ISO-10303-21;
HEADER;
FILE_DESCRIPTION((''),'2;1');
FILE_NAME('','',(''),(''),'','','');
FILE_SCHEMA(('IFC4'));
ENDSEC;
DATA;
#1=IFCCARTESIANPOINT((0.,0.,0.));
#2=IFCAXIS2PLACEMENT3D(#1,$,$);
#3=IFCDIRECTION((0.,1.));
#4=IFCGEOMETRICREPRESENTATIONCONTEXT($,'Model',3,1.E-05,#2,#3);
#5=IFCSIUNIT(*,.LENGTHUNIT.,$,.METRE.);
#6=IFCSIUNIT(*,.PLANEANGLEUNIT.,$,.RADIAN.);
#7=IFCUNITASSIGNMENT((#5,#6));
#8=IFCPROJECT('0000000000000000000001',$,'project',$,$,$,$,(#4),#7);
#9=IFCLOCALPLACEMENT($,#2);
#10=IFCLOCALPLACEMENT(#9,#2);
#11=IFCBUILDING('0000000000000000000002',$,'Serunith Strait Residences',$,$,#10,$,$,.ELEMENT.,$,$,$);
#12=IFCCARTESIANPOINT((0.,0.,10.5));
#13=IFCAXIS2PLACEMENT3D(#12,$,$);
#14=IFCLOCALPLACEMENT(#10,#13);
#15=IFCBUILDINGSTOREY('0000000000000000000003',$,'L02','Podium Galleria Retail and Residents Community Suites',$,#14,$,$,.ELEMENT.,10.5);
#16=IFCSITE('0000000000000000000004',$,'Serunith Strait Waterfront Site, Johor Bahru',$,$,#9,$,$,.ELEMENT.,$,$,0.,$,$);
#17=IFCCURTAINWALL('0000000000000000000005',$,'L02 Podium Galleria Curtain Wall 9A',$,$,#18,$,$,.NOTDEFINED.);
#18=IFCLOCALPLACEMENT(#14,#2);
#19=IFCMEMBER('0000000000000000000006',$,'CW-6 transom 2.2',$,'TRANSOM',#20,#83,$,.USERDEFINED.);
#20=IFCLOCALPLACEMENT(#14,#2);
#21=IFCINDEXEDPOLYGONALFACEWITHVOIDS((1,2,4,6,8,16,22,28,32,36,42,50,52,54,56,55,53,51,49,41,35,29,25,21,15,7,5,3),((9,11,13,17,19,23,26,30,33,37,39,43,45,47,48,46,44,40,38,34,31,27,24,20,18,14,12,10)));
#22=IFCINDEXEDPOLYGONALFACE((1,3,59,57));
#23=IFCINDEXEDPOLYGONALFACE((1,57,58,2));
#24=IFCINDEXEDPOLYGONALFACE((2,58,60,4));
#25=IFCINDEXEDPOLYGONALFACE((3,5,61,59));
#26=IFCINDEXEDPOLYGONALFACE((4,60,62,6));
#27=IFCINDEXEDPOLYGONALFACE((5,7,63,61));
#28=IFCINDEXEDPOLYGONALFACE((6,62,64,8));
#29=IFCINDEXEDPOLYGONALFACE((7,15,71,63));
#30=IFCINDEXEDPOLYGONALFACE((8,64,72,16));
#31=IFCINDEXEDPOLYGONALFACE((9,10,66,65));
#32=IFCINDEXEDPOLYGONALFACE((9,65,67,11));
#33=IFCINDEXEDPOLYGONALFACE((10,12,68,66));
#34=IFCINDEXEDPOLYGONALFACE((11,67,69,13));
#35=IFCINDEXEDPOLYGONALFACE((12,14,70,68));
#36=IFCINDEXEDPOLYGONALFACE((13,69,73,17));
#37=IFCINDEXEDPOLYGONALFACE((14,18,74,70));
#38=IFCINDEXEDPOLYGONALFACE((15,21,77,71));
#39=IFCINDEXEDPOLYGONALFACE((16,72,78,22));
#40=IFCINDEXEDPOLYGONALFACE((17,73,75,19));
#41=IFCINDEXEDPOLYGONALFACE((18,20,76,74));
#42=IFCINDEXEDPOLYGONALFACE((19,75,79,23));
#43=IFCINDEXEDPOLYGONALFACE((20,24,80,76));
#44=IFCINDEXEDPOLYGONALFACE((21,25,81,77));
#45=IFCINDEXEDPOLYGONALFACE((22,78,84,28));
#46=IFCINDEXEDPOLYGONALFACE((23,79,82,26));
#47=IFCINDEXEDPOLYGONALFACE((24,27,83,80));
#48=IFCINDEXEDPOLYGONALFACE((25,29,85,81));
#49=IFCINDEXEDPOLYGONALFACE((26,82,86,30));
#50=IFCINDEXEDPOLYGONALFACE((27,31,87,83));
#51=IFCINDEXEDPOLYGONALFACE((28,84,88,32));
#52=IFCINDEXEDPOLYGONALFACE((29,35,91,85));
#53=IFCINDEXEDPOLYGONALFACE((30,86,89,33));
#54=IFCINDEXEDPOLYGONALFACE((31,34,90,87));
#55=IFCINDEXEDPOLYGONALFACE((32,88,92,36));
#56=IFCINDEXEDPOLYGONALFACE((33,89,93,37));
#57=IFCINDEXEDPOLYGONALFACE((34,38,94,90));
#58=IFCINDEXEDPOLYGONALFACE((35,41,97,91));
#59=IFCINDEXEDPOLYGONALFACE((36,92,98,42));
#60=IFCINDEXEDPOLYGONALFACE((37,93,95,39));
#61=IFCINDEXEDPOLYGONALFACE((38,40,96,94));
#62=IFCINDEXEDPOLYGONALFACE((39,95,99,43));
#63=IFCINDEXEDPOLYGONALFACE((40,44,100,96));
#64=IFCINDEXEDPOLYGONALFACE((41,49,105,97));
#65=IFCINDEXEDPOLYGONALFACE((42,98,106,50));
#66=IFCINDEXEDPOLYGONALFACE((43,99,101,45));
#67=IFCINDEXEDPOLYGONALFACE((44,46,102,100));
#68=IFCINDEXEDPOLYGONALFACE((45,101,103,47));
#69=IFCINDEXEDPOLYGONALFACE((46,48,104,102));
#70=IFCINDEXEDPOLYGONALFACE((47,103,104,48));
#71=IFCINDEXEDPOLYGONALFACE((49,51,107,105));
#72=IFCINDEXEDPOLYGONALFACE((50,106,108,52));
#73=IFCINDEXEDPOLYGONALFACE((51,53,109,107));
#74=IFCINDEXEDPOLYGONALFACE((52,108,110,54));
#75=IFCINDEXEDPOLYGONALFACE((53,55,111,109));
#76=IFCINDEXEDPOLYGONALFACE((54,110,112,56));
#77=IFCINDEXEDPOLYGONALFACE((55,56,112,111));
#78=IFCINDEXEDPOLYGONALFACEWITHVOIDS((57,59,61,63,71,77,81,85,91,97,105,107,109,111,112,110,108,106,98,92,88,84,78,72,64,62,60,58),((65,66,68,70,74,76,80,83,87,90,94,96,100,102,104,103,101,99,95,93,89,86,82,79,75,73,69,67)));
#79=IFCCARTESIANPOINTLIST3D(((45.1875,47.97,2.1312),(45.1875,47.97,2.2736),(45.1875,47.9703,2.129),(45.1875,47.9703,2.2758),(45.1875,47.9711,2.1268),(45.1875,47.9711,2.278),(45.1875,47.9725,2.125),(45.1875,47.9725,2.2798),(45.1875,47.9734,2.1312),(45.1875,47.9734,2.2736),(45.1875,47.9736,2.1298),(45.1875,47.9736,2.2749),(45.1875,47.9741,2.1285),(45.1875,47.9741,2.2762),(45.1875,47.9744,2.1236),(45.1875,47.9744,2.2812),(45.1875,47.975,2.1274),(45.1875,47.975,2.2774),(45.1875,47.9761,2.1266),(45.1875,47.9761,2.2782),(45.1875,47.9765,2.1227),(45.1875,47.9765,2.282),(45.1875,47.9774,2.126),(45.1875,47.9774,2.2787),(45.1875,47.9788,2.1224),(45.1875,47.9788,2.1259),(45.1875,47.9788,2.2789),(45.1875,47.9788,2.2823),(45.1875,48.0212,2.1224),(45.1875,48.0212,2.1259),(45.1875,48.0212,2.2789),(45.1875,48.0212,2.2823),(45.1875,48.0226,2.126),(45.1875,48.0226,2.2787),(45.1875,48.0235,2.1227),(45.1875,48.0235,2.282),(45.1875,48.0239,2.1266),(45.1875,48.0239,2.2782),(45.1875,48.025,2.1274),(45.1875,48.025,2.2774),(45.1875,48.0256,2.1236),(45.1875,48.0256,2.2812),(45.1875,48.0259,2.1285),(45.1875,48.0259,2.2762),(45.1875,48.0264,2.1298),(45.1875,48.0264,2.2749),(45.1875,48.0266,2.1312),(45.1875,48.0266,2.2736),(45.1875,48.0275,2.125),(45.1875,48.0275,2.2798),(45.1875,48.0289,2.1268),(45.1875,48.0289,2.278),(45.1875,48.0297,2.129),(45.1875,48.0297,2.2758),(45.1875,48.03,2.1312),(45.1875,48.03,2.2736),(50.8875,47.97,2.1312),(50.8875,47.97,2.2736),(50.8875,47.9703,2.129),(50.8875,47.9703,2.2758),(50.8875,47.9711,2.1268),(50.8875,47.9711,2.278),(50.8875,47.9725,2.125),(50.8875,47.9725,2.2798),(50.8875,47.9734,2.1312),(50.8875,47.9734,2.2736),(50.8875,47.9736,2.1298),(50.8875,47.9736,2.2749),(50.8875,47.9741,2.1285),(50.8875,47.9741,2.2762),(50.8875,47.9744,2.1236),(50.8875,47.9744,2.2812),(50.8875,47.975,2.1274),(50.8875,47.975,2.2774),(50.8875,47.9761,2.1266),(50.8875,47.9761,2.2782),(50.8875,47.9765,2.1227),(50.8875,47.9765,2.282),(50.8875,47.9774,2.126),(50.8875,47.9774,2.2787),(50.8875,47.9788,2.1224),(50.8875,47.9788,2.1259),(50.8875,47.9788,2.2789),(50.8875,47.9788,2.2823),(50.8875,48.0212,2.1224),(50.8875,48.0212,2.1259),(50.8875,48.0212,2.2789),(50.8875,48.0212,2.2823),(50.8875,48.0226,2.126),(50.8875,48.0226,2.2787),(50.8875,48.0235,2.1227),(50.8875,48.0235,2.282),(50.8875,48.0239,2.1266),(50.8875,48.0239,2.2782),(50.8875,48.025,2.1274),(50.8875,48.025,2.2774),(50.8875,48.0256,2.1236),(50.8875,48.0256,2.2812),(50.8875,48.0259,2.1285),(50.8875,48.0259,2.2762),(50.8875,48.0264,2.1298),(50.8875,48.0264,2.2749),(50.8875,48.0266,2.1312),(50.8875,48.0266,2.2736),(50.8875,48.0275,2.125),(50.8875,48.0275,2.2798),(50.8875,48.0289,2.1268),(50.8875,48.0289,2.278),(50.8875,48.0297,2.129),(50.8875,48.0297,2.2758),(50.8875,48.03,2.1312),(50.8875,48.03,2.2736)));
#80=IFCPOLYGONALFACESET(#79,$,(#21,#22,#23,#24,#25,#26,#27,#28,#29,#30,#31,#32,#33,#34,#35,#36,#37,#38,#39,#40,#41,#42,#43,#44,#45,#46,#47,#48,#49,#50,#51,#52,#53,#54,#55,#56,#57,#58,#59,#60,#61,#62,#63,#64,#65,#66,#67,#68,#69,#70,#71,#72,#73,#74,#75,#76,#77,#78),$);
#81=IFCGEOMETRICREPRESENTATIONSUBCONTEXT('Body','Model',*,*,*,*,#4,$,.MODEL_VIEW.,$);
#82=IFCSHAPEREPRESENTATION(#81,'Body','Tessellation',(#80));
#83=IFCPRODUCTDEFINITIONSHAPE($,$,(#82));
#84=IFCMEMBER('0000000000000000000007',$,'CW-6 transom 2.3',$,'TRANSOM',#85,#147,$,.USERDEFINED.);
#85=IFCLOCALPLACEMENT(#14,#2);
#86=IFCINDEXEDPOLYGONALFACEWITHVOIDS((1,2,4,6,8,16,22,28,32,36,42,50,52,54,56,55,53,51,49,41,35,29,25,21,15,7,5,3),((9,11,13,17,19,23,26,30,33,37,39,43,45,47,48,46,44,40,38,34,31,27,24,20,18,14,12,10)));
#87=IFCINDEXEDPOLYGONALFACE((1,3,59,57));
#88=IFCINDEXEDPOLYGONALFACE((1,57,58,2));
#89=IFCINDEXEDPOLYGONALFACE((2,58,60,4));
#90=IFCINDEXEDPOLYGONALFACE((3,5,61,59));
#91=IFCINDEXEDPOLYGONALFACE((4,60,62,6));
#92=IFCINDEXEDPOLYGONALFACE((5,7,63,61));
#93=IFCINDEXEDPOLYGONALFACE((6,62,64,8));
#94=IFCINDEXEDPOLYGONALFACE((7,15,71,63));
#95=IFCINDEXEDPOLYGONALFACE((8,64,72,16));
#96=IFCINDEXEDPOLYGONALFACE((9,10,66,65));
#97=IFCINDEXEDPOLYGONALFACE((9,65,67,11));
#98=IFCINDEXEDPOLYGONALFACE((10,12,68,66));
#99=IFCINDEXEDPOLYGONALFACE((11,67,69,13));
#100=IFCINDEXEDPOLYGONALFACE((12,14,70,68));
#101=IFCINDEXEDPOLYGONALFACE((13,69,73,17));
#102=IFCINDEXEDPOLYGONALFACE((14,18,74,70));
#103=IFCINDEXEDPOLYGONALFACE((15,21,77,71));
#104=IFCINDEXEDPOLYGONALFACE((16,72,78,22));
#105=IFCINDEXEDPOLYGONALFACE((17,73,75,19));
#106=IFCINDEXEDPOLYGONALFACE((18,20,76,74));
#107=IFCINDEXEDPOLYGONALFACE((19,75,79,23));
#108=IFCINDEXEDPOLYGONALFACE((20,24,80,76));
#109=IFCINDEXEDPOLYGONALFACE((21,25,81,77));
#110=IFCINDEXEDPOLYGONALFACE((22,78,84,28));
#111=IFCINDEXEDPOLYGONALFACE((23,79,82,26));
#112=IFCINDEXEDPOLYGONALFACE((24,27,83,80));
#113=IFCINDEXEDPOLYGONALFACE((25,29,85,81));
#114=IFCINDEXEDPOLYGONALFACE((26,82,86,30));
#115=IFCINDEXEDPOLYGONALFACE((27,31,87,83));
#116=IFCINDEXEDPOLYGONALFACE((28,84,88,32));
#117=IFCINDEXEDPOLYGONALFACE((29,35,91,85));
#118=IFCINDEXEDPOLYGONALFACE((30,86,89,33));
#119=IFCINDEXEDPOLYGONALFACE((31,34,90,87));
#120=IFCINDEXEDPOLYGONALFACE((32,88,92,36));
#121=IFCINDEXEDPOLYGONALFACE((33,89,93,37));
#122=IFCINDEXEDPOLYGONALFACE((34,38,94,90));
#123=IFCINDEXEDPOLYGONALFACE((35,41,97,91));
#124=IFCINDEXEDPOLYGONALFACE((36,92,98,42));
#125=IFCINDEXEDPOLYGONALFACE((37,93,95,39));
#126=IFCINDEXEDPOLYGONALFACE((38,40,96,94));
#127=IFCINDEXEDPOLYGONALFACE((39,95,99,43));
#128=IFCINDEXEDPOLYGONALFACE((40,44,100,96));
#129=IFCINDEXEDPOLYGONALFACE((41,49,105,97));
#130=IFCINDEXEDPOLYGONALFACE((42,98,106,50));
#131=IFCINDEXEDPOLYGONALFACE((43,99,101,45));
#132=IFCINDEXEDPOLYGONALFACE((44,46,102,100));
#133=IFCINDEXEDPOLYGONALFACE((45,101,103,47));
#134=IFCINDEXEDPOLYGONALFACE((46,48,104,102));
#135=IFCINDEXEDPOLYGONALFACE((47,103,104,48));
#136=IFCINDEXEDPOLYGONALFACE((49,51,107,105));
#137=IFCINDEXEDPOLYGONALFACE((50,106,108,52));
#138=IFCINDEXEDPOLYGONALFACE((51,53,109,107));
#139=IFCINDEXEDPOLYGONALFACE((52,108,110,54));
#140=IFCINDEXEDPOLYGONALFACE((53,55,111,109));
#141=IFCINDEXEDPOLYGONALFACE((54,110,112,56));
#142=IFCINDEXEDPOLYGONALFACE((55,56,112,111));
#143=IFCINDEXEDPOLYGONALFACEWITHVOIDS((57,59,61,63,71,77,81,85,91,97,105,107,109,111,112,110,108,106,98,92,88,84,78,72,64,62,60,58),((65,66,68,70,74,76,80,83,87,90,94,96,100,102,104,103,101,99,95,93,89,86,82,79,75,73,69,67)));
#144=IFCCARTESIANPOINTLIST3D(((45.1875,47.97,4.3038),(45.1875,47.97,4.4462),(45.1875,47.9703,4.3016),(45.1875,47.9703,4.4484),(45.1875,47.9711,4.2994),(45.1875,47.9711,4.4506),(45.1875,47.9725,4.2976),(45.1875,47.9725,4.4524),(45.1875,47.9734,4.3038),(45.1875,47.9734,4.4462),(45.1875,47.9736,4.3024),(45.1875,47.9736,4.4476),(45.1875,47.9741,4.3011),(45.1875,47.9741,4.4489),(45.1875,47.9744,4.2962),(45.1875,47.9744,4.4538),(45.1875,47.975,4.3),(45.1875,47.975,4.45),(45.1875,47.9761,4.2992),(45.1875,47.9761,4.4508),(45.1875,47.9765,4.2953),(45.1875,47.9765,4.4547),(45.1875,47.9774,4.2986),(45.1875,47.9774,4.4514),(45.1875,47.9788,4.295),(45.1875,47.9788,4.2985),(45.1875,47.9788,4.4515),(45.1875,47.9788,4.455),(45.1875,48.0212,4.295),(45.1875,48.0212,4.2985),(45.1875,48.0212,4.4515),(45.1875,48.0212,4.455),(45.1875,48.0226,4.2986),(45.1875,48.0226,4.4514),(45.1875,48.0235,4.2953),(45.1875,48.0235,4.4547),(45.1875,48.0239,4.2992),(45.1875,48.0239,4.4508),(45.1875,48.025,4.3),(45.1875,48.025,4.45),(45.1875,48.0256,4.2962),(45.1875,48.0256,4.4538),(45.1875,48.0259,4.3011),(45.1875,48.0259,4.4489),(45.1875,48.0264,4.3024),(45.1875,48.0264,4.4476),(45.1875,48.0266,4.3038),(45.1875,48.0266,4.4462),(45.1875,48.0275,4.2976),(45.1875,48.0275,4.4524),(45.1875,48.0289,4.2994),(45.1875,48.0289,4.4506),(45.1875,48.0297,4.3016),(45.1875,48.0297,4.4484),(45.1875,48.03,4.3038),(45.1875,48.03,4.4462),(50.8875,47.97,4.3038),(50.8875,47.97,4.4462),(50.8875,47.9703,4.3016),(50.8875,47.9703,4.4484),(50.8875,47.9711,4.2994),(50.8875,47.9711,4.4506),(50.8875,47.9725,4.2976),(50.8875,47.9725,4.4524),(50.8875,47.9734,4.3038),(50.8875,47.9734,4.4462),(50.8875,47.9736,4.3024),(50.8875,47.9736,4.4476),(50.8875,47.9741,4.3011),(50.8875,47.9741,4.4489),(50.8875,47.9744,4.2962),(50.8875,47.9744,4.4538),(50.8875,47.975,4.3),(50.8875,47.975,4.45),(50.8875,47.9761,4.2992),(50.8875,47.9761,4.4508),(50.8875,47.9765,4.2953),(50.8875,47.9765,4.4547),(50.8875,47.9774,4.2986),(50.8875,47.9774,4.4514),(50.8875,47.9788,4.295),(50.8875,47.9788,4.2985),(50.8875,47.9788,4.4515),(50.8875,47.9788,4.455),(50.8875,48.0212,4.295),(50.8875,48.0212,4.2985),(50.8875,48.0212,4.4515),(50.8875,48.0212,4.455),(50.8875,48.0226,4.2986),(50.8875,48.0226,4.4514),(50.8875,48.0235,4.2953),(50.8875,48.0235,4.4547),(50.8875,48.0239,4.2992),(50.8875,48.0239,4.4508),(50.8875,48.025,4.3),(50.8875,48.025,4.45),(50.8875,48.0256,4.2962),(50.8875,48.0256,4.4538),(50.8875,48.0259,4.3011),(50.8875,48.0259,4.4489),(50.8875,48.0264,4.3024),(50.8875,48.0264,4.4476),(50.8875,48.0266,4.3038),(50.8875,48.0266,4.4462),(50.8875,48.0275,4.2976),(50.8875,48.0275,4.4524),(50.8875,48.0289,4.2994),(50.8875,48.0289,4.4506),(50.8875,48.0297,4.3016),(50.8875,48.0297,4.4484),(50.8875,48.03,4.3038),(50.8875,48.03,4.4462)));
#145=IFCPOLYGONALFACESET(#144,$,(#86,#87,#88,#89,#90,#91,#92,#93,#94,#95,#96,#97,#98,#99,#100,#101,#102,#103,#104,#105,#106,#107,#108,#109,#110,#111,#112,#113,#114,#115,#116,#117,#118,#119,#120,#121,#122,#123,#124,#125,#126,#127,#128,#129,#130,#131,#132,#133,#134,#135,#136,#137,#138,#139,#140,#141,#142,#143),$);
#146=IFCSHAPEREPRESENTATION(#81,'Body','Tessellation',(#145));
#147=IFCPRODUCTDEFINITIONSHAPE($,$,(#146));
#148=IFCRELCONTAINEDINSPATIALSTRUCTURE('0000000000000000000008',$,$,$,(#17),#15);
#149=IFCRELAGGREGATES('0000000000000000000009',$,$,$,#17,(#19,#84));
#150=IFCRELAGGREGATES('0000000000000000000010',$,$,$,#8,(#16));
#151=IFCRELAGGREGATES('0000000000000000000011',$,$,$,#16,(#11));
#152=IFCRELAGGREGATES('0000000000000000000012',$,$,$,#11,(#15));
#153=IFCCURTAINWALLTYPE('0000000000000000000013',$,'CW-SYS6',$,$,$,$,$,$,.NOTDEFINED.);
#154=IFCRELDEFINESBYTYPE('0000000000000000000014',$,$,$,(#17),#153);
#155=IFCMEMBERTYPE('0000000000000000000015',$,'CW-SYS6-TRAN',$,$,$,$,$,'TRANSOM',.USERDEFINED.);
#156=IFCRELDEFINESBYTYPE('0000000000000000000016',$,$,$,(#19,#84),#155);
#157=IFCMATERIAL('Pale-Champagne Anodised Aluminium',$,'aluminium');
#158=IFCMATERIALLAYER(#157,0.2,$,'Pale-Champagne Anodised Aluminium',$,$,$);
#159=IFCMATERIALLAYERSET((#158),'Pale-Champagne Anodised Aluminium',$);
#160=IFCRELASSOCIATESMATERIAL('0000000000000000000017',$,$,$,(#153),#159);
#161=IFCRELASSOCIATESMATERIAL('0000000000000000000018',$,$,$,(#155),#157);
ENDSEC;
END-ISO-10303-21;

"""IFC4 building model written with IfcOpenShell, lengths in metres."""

from ifc_helpers import new_model, si_unit, direction, frame, origin, origin_2d, place, context, subcontext, project, spatial, hollow_rectangle, extrude, source, transform, mapped, material, layer, layer_set, material_profile, profile_set, type_object, element, aggregate, save


model = new_model("IFC4")

# Units and contexts
model_context = context("Model", 3, precision=1e-05, world=origin(), true_north=direction((0.0, 1.0)))
body_context = subcontext(model_context, "Body", "Model", "MODEL_VIEW")
ifc_project = project(units=[si_unit("LENGTHUNIT", "METRE"), si_unit("PLANEANGLEUNIT", "RADIAN")], contexts=[model_context])

# Site, building, storey
site_placement = place(None, origin())
site = spatial("IfcSite", under=ifc_project, at=site_placement, Name="Serunith Strait Waterfront Site, Johor Bahru", CompositionType="ELEMENT", RefElevation=0.0)
building_placement = place(site_placement, origin())
building = spatial("IfcBuilding", under=site, at=building_placement, Name="Serunith Strait Residences", CompositionType="ELEMENT")
storey_placement = place(building_placement, frame((0.0, 0.0, 10.5)))
storey = spatial("IfcBuildingStorey", under=building, at=storey_placement, Name="L02", Description="Podium Galleria Retail and Residents Community Suites", CompositionType="ELEMENT", Elevation=10.5)

# Curtain wall, members
ifc_material_1 = material(Name="Pale-Champagne Anodised Aluminium", Category="aluminium")
ifc_layer_1 = layer(ifc_material_1, 0.2, Name="Pale-Champagne Anodised Aluminium")
ifc_layer_set_1 = layer_set([ifc_layer_1], Name="Pale-Champagne Anodised Aluminium")
curtain_wall_type = type_object("IfcCurtainWallType", Name="CW-SYS6", PredefinedType="NOTDEFINED", material=ifc_layer_set_1)
curtain_wall_placement = place(storey_placement, origin())
curtain_wall = element("IfcCurtainWall", 1, at=curtain_wall_placement, inside=storey, type_object=curtain_wall_type, Name="L02 Podium Galleria Curtain Wall 9A", PredefinedType="NOTDEFINED")
ifc_material_profile_1 = material_profile(ifc_material_1, hollow_rectangle(XDim=0.0601, YDim=0.1599, WallThickness=0.0034, InnerFilletRadius=0.0054, OuterFilletRadius=0.0088, at=origin_2d()), Name="ALU 160x60x3.5")
ifc_profile_set_1 = profile_set([ifc_material_profile_1], Name="Pale-Champagne Anodised Aluminium")
member_type_1 = type_object("IfcMemberType", Name="CW-SYS6-TRAN", ElementType="TRANSOM", PredefinedType="USERDEFINED", material=ifc_profile_set_1)
shared_shape_1 = source(origin(), body_context, "Body", "SweptSolid", [
    extrude(hollow_rectangle(XDim=0.0601, YDim=0.1599, WallThickness=0.0034, InnerFilletRadius=0.0054, OuterFilletRadius=0.0088, at=origin_2d()), origin(), (0.0, 0.0, 1.0), 5.7),
])
member_1_placement = place(storey_placement, frame((50.8875, 48.0, 2.2024), z_axis=(-1.0, 0.0, 0.0), x_axis=(0.0, -1.0, 0.0)))
member_1 = element("IfcMember", 2, at=member_1_placement, type_object=member_type_1, Name="CW-6 transom 2.2", ObjectType="TRANSOM", PredefinedType="USERDEFINED", context=body_context, shape_type="MappedRepresentation", body=[
    mapped(shared_shape_1, transform((0.0, 0.0, 0.0), scale=1.0)),
])
member_2_placement = place(storey_placement, frame((50.8875, 48.0, 4.375), z_axis=(-1.0, 0.0, 0.0), x_axis=(0.0, -1.0, 0.0)))
member_2 = element("IfcMember", 3, at=member_2_placement, type_object=member_type_1, Name="CW-6 transom 2.3", ObjectType="TRANSOM", PredefinedType="USERDEFINED", context=body_context, shape_type="MappedRepresentation", body=[
    mapped(shared_shape_1, transform((0.0, 0.0, 0.0), scale=1.0)),
])
aggregate(curtain_wall, [member_1, member_2])

save(model, "model.ifc")
